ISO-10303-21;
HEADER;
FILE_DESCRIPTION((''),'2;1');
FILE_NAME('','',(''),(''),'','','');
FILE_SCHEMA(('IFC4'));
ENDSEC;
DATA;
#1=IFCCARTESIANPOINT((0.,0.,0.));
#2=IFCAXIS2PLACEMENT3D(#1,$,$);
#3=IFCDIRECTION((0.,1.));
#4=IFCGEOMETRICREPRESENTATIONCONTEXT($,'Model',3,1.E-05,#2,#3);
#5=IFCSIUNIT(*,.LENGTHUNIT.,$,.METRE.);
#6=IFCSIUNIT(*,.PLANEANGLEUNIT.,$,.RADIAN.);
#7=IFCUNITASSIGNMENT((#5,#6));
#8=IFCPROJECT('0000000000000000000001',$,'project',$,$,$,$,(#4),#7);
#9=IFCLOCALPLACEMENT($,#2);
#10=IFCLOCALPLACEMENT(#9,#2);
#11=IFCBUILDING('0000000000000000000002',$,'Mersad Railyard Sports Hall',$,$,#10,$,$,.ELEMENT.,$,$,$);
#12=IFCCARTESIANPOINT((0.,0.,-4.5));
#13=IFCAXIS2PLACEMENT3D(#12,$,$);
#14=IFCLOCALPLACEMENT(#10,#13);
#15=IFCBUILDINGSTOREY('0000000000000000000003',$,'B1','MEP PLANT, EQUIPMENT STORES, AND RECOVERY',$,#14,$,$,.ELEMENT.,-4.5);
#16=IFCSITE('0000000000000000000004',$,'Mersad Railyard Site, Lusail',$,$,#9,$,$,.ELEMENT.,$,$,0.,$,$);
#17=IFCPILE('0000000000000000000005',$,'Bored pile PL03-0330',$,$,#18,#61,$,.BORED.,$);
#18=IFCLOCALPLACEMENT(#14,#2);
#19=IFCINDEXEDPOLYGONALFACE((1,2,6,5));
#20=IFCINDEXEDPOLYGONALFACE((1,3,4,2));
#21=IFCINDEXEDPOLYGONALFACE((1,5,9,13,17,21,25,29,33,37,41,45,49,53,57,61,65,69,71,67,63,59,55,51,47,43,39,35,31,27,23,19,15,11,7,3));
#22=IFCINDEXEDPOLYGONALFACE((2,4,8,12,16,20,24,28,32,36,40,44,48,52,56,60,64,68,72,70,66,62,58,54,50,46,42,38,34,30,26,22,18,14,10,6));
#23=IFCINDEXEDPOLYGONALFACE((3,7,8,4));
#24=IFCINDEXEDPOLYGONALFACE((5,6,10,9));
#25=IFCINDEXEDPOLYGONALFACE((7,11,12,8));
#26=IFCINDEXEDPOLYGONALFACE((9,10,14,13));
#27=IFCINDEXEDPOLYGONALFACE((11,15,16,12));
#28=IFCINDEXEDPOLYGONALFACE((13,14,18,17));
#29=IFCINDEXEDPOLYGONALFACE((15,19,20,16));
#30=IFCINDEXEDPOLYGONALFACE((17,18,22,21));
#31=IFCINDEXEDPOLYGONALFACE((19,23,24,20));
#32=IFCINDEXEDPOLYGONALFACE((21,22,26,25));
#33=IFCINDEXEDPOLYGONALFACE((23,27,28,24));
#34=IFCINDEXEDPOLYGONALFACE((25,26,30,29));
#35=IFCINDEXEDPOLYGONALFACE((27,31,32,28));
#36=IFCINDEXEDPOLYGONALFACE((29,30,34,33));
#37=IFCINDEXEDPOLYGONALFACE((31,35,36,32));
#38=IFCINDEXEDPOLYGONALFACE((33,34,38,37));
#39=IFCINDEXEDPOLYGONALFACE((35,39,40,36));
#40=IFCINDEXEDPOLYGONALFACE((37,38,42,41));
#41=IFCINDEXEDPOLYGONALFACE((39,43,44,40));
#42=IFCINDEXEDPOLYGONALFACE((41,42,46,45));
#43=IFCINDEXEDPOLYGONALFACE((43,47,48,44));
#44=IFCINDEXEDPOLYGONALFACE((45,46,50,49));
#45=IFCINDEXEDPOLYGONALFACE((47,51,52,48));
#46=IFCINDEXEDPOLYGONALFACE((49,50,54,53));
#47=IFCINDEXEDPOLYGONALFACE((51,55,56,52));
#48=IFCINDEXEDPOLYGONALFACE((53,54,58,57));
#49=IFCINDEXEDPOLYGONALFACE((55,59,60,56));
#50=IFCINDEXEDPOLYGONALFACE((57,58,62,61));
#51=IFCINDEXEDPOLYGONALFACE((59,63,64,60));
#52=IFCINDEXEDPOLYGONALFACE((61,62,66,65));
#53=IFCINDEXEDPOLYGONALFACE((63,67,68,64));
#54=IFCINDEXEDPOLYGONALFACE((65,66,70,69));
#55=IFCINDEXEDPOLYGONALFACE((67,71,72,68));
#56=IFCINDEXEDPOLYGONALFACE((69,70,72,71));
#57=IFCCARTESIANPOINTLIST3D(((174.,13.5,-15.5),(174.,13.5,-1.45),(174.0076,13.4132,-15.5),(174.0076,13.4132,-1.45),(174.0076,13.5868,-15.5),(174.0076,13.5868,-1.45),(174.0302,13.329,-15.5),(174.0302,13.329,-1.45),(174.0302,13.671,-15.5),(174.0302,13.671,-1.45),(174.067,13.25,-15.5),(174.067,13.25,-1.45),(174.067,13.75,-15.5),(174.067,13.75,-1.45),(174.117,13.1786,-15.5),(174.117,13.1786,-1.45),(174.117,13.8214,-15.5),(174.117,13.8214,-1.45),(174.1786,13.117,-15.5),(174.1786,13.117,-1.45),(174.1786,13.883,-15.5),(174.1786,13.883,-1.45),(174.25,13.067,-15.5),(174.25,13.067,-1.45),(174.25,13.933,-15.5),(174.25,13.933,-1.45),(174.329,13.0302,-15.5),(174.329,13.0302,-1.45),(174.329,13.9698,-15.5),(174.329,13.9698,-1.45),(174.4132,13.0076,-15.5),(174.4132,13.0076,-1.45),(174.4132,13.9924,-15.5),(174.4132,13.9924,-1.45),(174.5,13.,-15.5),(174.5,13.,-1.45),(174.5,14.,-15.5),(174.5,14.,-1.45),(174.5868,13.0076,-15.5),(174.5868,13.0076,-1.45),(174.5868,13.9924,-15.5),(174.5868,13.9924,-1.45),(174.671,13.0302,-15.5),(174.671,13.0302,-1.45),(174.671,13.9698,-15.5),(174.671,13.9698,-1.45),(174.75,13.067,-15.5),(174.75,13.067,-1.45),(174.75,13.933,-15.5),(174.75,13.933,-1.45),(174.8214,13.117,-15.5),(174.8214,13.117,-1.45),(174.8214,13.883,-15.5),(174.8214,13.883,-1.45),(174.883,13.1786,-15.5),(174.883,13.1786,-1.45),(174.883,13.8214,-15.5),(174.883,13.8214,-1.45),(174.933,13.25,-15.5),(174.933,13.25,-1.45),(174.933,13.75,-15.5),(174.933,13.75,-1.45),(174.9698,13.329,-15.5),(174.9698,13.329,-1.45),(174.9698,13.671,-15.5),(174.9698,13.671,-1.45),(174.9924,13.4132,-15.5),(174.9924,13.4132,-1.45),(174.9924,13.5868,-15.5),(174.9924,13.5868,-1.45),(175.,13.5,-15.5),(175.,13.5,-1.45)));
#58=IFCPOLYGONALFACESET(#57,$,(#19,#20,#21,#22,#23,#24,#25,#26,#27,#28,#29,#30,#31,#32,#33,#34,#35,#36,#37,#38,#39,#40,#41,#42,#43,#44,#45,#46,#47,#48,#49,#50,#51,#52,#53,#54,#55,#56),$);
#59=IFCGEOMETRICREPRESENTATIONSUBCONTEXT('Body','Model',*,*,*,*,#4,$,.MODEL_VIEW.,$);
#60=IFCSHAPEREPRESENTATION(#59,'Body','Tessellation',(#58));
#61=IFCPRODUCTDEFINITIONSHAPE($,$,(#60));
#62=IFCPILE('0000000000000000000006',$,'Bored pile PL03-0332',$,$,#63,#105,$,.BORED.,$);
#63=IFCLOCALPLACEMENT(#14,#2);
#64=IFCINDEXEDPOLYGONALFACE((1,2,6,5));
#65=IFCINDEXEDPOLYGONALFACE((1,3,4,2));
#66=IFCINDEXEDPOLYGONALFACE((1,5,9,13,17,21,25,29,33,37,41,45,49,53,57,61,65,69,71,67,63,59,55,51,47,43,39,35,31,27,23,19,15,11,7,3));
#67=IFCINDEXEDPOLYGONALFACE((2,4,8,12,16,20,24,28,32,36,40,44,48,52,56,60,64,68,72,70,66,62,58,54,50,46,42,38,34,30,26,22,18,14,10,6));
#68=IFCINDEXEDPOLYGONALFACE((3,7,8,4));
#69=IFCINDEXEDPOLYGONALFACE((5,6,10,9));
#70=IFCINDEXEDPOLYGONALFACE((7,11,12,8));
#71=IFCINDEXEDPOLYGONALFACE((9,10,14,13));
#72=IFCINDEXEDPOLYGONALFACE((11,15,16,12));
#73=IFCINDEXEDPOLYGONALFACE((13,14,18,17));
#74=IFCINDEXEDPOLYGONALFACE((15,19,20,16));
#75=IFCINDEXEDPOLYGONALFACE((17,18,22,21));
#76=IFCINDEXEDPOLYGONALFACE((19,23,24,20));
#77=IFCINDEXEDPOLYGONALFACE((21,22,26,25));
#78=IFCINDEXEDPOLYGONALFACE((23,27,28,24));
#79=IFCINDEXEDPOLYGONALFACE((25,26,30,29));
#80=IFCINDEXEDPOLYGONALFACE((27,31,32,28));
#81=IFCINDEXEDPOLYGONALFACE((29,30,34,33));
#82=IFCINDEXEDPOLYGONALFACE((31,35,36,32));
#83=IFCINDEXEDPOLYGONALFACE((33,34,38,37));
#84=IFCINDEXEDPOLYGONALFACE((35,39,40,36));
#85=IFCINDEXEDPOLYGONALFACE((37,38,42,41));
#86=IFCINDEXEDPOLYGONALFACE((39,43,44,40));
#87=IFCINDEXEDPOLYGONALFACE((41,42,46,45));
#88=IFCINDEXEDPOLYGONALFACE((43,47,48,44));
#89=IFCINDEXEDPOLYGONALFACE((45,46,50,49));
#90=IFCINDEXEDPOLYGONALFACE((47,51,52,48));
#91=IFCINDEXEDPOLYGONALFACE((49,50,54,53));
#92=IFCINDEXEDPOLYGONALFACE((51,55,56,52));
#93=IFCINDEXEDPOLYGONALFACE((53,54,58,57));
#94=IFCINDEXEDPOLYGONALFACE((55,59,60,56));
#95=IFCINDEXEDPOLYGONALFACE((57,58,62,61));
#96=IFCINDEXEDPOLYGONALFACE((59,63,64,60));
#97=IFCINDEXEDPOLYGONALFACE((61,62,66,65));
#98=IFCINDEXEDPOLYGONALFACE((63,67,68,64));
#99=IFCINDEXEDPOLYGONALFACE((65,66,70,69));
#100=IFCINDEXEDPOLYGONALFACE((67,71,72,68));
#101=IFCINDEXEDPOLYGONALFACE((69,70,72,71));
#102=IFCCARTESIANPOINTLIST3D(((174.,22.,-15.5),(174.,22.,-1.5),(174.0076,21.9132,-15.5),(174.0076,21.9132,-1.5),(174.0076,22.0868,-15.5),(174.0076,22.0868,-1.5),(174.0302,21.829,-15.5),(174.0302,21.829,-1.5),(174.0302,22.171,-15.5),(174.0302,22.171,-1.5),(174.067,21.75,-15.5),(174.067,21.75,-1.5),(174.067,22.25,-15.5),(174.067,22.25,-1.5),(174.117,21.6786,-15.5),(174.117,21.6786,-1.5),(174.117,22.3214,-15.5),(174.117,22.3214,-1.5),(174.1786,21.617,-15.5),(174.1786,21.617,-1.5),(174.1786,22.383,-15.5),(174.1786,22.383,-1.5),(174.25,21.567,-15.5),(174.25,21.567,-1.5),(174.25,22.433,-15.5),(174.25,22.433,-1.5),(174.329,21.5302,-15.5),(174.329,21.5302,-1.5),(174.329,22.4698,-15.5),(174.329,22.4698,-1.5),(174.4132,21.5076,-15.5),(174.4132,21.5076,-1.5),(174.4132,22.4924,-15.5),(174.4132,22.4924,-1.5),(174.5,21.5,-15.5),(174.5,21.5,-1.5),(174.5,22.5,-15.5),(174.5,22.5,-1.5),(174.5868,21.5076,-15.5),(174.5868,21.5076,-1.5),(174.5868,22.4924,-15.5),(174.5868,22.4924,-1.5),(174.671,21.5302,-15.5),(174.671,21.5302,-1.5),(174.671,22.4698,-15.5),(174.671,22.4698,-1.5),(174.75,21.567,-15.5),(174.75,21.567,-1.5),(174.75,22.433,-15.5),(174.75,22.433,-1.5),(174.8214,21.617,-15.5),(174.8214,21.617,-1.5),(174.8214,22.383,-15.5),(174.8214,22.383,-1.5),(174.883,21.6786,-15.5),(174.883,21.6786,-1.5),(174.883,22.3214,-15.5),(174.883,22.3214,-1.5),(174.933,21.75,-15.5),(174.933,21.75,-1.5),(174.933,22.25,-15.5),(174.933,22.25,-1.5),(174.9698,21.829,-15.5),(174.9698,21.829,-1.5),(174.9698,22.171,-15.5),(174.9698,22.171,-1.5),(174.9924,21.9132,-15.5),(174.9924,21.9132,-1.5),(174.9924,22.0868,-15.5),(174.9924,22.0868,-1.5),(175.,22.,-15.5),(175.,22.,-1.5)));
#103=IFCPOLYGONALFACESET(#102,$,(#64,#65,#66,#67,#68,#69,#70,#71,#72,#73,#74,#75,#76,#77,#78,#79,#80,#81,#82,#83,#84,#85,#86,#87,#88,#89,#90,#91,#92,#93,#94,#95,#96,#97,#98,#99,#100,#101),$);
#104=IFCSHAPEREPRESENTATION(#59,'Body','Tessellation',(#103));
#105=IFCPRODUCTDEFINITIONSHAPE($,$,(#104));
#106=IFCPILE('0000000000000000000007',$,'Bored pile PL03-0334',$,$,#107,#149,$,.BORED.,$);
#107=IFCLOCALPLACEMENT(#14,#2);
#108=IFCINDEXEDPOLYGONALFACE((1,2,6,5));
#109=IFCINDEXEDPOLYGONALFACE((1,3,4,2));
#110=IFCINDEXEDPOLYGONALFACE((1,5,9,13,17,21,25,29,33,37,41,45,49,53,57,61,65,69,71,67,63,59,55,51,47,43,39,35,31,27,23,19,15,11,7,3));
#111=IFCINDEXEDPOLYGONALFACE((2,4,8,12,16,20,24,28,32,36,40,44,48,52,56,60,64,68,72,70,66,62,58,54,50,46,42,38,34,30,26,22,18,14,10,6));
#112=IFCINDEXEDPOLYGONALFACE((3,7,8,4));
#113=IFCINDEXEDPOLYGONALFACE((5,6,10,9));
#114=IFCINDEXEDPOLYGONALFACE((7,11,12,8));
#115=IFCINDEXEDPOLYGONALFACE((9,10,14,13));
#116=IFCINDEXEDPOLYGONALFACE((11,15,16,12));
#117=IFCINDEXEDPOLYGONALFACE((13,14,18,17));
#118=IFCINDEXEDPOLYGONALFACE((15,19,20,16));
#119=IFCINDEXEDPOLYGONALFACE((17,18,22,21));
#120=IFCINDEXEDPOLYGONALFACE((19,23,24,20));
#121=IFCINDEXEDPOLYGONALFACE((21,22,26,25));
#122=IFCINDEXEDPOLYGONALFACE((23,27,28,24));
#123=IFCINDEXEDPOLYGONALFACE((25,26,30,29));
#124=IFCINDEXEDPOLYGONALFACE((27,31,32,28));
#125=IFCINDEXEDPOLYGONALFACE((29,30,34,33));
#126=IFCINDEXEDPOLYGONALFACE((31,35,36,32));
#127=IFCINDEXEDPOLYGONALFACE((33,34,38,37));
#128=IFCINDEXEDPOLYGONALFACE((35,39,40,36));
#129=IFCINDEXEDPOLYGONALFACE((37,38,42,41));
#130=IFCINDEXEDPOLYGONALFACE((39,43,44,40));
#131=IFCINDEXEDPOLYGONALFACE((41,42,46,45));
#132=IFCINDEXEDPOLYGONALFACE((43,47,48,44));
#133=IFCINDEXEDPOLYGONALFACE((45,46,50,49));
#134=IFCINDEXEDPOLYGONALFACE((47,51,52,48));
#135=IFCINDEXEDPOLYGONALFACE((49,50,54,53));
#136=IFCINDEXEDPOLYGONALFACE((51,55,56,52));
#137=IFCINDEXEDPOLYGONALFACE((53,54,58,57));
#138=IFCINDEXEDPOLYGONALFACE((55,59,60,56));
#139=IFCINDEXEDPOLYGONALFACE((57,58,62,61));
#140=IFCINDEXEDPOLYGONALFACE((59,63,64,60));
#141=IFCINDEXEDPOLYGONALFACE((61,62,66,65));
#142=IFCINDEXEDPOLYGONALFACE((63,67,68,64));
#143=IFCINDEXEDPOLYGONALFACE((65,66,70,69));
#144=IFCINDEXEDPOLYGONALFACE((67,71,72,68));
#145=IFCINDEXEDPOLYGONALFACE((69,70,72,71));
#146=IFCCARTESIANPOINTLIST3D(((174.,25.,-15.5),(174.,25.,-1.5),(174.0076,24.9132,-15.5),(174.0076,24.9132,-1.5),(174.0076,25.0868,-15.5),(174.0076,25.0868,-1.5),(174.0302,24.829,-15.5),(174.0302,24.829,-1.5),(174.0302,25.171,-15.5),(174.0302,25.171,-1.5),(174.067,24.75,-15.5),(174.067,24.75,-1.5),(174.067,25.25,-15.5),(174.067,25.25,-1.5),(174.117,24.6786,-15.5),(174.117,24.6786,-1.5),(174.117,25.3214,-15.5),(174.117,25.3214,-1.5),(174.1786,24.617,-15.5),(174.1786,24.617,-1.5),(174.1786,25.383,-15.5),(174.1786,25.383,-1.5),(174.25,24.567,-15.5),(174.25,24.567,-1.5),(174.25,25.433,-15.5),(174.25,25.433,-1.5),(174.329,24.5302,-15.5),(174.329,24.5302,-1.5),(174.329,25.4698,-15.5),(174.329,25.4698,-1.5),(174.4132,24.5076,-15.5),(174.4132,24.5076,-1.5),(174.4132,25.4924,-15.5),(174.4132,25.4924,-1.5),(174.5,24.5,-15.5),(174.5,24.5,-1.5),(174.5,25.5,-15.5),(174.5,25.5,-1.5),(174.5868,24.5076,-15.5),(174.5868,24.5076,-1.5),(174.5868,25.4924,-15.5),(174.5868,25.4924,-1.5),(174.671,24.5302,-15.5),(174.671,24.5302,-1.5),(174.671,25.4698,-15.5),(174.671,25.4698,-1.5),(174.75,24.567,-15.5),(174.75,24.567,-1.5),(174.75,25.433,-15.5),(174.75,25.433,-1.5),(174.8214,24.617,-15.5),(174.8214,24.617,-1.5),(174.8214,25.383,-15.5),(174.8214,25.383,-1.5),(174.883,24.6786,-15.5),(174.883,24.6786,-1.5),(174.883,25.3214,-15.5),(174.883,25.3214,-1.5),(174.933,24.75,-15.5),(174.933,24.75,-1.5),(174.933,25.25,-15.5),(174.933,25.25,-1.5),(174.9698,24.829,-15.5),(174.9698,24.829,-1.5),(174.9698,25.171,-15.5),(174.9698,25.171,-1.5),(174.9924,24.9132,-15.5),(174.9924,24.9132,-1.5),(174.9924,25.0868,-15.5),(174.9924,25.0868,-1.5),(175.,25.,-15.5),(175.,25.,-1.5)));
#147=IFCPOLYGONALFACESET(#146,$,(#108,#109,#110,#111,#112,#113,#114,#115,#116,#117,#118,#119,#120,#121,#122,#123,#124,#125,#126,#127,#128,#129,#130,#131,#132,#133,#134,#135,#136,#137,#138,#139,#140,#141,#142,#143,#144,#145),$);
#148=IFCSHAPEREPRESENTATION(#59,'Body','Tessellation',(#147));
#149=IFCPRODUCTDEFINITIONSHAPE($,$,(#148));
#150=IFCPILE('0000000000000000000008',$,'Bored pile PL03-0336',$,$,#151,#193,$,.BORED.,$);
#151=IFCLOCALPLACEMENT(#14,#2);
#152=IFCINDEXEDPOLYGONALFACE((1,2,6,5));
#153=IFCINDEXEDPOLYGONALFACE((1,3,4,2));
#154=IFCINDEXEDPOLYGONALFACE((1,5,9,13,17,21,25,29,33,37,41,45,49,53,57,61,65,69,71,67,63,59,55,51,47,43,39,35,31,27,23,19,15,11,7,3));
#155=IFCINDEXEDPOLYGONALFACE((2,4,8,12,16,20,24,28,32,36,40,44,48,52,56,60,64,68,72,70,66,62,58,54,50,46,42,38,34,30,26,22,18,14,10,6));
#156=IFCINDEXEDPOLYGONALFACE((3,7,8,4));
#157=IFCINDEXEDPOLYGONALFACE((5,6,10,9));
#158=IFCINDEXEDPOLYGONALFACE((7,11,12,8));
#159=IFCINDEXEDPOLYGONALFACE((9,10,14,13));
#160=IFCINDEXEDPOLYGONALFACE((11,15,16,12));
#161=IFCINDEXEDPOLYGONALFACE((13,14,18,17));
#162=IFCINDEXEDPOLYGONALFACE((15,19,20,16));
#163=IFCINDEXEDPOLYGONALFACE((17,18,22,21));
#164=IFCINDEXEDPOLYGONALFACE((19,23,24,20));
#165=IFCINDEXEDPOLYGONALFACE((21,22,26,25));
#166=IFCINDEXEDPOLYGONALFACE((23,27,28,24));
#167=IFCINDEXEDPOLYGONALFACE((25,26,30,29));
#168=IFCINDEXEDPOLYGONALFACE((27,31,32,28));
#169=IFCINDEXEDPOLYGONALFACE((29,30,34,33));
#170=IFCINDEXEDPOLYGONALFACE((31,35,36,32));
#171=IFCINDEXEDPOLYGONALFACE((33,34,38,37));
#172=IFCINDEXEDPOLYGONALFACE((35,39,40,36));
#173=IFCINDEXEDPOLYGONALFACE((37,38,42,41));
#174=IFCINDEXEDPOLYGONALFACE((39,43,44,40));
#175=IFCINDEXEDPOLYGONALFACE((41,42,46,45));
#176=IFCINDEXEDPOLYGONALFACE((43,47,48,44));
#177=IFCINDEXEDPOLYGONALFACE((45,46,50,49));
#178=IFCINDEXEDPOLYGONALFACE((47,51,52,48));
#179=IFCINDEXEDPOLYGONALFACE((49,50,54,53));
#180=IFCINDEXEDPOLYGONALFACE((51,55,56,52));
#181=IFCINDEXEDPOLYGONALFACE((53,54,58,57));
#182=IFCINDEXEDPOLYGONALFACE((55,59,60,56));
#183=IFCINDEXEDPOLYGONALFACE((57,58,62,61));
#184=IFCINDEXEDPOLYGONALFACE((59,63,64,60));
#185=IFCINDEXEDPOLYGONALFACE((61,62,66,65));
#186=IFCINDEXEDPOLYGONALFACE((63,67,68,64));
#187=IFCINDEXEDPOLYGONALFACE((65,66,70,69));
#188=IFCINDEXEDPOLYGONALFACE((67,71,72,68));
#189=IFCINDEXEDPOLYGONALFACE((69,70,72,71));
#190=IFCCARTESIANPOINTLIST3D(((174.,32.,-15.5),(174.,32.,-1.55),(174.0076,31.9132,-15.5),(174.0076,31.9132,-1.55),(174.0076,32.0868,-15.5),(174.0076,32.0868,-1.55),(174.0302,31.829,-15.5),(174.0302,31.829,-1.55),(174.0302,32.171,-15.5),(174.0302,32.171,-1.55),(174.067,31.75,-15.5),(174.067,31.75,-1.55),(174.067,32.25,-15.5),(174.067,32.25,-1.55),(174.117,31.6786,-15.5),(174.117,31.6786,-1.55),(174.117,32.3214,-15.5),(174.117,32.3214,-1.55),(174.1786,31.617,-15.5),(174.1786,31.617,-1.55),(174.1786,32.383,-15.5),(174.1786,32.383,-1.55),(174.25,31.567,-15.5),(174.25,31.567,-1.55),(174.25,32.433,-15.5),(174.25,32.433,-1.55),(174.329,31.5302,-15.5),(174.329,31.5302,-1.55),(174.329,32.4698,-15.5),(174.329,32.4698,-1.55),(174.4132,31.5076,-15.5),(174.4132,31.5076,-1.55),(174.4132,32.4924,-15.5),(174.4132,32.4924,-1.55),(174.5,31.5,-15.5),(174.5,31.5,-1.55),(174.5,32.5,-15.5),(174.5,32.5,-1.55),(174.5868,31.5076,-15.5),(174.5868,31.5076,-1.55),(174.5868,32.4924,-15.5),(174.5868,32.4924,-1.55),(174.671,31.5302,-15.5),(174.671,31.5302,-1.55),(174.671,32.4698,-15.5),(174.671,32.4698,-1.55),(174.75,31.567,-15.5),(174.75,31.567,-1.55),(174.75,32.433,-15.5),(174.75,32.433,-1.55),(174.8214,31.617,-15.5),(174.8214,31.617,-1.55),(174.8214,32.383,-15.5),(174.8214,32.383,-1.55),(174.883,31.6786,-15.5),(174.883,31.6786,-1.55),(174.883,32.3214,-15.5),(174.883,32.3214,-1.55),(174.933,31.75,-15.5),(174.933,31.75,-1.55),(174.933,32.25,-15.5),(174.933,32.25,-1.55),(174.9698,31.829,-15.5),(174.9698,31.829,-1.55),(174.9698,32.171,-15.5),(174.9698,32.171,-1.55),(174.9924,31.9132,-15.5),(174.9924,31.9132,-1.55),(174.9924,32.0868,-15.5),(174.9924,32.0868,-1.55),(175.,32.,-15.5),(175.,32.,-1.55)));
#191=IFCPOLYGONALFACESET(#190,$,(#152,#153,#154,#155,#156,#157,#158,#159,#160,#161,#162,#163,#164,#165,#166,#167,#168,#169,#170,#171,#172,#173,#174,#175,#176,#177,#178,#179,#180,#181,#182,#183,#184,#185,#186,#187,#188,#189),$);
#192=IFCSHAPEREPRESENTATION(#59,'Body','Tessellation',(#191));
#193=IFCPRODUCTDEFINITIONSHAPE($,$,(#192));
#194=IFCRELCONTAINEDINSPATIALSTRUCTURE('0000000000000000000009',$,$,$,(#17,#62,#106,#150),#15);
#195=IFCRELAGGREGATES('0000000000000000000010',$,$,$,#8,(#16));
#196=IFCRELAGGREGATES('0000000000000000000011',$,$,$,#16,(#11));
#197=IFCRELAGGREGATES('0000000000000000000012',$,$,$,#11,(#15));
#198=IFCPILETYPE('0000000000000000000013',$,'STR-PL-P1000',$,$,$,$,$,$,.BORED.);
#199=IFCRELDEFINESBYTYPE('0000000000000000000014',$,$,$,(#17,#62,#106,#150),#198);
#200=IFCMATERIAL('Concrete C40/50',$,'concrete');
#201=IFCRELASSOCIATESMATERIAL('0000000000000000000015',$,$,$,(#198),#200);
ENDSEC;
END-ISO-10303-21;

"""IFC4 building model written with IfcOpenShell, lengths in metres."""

from ifc_helpers import new_model, si_unit, direction, frame, origin, origin_2d, place, context, subcontext, project, spatial, circle, extrude, material, material_profile, profile_set, type_object, element, save


model = new_model("IFC4")

# Units and contexts
model_context = context("Model", 3, precision=1e-05, world=origin(), true_north=direction((0.0, 1.0)))
body_context = subcontext(model_context, "Body", "Model", "MODEL_VIEW")
ifc_project = project(units=[si_unit("LENGTHUNIT", "METRE"), si_unit("PLANEANGLEUNIT", "RADIAN")], contexts=[model_context])

# Site, building, storey
site_placement = place(None, origin())
site = spatial("IfcSite", under=ifc_project, at=site_placement, Name="Mersad Railyard Site, Lusail", CompositionType="ELEMENT", RefElevation=0.0)
building_placement = place(site_placement, origin())
building = spatial("IfcBuilding", under=site, at=building_placement, Name="Mersad Railyard Sports Hall", CompositionType="ELEMENT")
storey_placement = place(building_placement, frame((0.0, 0.0, -4.5)))
storey = spatial("IfcBuildingStorey", under=building, at=storey_placement, Name="B1", Description="MEP PLANT, EQUIPMENT STORES, AND RECOVERY", CompositionType="ELEMENT", Elevation=-4.5)

# Shared definitions
ifc_material_1 = material(Name="Concrete C40/50", Category="concrete")

# Piles
ifc_material_profile_1 = material_profile(ifc_material_1, circle(Radius=0.5, at=origin_2d()), Name="BORED PILE D1000")
ifc_profile_set_1 = profile_set([ifc_material_profile_1], Name="Concrete C40/50")
pile_type_1 = type_object("IfcPileType", Name="STR-PL-P1000", PredefinedType="BORED", material=ifc_profile_set_1)
pile_1_placement = place(storey_placement, frame((174.5, 13.5, -1.45), z_axis=(0.0, 0.0, -1.0), x_axis=(1.0, 0.0, 0.0)))
element("IfcPile", 1, at=pile_1_placement, inside=storey, type_object=pile_type_1, Name="Bored pile PL03-0330", PredefinedType="BORED", context=body_context, shape_type="SweptSolid", body=[
    extrude(circle(Radius=0.5, at=origin_2d()), origin(), (0.0, 0.0, 1.0), 14.05),
])
for number, where, z_axis, x_axis, name in (
    (2, (174.5, 22.0, -1.5), (0.0, 0.0, -1.0), (1.0, 0.0, 0.0), "Bored pile PL03-0332"),
    (3, (174.5, 25.0, -1.5), (0.0, 0.0, -1.0), (1.0, 0.0, 0.0), "Bored pile PL03-0334"),
):
    element("IfcPile", number, at=place(storey_placement, frame(where, z_axis=z_axis, x_axis=x_axis)), inside=storey, type_object=pile_type_1, Name=name, PredefinedType="BORED", context=body_context, shape_type="SweptSolid", body=[
        extrude(circle(Radius=0.5, at=origin_2d()), origin(), (0.0, 0.0, 1.0), 14.0),
    ])
for number, where, z_axis, x_axis, name in (
    (4, (174.5, 32.0, -1.55), (0.0, 0.0, -1.0), (1.0, 0.0, 0.0), "Bored pile PL03-0336"),
):
    element("IfcPile", number, at=place(storey_placement, frame(where, z_axis=z_axis, x_axis=x_axis)), inside=storey, type_object=pile_type_1, Name=name, PredefinedType="BORED", context=body_context, shape_type="SweptSolid", body=[
        extrude(circle(Radius=0.5, at=origin_2d()), origin(), (0.0, 0.0, 1.0), 13.95),
    ])

save(model, "model.ifc")
